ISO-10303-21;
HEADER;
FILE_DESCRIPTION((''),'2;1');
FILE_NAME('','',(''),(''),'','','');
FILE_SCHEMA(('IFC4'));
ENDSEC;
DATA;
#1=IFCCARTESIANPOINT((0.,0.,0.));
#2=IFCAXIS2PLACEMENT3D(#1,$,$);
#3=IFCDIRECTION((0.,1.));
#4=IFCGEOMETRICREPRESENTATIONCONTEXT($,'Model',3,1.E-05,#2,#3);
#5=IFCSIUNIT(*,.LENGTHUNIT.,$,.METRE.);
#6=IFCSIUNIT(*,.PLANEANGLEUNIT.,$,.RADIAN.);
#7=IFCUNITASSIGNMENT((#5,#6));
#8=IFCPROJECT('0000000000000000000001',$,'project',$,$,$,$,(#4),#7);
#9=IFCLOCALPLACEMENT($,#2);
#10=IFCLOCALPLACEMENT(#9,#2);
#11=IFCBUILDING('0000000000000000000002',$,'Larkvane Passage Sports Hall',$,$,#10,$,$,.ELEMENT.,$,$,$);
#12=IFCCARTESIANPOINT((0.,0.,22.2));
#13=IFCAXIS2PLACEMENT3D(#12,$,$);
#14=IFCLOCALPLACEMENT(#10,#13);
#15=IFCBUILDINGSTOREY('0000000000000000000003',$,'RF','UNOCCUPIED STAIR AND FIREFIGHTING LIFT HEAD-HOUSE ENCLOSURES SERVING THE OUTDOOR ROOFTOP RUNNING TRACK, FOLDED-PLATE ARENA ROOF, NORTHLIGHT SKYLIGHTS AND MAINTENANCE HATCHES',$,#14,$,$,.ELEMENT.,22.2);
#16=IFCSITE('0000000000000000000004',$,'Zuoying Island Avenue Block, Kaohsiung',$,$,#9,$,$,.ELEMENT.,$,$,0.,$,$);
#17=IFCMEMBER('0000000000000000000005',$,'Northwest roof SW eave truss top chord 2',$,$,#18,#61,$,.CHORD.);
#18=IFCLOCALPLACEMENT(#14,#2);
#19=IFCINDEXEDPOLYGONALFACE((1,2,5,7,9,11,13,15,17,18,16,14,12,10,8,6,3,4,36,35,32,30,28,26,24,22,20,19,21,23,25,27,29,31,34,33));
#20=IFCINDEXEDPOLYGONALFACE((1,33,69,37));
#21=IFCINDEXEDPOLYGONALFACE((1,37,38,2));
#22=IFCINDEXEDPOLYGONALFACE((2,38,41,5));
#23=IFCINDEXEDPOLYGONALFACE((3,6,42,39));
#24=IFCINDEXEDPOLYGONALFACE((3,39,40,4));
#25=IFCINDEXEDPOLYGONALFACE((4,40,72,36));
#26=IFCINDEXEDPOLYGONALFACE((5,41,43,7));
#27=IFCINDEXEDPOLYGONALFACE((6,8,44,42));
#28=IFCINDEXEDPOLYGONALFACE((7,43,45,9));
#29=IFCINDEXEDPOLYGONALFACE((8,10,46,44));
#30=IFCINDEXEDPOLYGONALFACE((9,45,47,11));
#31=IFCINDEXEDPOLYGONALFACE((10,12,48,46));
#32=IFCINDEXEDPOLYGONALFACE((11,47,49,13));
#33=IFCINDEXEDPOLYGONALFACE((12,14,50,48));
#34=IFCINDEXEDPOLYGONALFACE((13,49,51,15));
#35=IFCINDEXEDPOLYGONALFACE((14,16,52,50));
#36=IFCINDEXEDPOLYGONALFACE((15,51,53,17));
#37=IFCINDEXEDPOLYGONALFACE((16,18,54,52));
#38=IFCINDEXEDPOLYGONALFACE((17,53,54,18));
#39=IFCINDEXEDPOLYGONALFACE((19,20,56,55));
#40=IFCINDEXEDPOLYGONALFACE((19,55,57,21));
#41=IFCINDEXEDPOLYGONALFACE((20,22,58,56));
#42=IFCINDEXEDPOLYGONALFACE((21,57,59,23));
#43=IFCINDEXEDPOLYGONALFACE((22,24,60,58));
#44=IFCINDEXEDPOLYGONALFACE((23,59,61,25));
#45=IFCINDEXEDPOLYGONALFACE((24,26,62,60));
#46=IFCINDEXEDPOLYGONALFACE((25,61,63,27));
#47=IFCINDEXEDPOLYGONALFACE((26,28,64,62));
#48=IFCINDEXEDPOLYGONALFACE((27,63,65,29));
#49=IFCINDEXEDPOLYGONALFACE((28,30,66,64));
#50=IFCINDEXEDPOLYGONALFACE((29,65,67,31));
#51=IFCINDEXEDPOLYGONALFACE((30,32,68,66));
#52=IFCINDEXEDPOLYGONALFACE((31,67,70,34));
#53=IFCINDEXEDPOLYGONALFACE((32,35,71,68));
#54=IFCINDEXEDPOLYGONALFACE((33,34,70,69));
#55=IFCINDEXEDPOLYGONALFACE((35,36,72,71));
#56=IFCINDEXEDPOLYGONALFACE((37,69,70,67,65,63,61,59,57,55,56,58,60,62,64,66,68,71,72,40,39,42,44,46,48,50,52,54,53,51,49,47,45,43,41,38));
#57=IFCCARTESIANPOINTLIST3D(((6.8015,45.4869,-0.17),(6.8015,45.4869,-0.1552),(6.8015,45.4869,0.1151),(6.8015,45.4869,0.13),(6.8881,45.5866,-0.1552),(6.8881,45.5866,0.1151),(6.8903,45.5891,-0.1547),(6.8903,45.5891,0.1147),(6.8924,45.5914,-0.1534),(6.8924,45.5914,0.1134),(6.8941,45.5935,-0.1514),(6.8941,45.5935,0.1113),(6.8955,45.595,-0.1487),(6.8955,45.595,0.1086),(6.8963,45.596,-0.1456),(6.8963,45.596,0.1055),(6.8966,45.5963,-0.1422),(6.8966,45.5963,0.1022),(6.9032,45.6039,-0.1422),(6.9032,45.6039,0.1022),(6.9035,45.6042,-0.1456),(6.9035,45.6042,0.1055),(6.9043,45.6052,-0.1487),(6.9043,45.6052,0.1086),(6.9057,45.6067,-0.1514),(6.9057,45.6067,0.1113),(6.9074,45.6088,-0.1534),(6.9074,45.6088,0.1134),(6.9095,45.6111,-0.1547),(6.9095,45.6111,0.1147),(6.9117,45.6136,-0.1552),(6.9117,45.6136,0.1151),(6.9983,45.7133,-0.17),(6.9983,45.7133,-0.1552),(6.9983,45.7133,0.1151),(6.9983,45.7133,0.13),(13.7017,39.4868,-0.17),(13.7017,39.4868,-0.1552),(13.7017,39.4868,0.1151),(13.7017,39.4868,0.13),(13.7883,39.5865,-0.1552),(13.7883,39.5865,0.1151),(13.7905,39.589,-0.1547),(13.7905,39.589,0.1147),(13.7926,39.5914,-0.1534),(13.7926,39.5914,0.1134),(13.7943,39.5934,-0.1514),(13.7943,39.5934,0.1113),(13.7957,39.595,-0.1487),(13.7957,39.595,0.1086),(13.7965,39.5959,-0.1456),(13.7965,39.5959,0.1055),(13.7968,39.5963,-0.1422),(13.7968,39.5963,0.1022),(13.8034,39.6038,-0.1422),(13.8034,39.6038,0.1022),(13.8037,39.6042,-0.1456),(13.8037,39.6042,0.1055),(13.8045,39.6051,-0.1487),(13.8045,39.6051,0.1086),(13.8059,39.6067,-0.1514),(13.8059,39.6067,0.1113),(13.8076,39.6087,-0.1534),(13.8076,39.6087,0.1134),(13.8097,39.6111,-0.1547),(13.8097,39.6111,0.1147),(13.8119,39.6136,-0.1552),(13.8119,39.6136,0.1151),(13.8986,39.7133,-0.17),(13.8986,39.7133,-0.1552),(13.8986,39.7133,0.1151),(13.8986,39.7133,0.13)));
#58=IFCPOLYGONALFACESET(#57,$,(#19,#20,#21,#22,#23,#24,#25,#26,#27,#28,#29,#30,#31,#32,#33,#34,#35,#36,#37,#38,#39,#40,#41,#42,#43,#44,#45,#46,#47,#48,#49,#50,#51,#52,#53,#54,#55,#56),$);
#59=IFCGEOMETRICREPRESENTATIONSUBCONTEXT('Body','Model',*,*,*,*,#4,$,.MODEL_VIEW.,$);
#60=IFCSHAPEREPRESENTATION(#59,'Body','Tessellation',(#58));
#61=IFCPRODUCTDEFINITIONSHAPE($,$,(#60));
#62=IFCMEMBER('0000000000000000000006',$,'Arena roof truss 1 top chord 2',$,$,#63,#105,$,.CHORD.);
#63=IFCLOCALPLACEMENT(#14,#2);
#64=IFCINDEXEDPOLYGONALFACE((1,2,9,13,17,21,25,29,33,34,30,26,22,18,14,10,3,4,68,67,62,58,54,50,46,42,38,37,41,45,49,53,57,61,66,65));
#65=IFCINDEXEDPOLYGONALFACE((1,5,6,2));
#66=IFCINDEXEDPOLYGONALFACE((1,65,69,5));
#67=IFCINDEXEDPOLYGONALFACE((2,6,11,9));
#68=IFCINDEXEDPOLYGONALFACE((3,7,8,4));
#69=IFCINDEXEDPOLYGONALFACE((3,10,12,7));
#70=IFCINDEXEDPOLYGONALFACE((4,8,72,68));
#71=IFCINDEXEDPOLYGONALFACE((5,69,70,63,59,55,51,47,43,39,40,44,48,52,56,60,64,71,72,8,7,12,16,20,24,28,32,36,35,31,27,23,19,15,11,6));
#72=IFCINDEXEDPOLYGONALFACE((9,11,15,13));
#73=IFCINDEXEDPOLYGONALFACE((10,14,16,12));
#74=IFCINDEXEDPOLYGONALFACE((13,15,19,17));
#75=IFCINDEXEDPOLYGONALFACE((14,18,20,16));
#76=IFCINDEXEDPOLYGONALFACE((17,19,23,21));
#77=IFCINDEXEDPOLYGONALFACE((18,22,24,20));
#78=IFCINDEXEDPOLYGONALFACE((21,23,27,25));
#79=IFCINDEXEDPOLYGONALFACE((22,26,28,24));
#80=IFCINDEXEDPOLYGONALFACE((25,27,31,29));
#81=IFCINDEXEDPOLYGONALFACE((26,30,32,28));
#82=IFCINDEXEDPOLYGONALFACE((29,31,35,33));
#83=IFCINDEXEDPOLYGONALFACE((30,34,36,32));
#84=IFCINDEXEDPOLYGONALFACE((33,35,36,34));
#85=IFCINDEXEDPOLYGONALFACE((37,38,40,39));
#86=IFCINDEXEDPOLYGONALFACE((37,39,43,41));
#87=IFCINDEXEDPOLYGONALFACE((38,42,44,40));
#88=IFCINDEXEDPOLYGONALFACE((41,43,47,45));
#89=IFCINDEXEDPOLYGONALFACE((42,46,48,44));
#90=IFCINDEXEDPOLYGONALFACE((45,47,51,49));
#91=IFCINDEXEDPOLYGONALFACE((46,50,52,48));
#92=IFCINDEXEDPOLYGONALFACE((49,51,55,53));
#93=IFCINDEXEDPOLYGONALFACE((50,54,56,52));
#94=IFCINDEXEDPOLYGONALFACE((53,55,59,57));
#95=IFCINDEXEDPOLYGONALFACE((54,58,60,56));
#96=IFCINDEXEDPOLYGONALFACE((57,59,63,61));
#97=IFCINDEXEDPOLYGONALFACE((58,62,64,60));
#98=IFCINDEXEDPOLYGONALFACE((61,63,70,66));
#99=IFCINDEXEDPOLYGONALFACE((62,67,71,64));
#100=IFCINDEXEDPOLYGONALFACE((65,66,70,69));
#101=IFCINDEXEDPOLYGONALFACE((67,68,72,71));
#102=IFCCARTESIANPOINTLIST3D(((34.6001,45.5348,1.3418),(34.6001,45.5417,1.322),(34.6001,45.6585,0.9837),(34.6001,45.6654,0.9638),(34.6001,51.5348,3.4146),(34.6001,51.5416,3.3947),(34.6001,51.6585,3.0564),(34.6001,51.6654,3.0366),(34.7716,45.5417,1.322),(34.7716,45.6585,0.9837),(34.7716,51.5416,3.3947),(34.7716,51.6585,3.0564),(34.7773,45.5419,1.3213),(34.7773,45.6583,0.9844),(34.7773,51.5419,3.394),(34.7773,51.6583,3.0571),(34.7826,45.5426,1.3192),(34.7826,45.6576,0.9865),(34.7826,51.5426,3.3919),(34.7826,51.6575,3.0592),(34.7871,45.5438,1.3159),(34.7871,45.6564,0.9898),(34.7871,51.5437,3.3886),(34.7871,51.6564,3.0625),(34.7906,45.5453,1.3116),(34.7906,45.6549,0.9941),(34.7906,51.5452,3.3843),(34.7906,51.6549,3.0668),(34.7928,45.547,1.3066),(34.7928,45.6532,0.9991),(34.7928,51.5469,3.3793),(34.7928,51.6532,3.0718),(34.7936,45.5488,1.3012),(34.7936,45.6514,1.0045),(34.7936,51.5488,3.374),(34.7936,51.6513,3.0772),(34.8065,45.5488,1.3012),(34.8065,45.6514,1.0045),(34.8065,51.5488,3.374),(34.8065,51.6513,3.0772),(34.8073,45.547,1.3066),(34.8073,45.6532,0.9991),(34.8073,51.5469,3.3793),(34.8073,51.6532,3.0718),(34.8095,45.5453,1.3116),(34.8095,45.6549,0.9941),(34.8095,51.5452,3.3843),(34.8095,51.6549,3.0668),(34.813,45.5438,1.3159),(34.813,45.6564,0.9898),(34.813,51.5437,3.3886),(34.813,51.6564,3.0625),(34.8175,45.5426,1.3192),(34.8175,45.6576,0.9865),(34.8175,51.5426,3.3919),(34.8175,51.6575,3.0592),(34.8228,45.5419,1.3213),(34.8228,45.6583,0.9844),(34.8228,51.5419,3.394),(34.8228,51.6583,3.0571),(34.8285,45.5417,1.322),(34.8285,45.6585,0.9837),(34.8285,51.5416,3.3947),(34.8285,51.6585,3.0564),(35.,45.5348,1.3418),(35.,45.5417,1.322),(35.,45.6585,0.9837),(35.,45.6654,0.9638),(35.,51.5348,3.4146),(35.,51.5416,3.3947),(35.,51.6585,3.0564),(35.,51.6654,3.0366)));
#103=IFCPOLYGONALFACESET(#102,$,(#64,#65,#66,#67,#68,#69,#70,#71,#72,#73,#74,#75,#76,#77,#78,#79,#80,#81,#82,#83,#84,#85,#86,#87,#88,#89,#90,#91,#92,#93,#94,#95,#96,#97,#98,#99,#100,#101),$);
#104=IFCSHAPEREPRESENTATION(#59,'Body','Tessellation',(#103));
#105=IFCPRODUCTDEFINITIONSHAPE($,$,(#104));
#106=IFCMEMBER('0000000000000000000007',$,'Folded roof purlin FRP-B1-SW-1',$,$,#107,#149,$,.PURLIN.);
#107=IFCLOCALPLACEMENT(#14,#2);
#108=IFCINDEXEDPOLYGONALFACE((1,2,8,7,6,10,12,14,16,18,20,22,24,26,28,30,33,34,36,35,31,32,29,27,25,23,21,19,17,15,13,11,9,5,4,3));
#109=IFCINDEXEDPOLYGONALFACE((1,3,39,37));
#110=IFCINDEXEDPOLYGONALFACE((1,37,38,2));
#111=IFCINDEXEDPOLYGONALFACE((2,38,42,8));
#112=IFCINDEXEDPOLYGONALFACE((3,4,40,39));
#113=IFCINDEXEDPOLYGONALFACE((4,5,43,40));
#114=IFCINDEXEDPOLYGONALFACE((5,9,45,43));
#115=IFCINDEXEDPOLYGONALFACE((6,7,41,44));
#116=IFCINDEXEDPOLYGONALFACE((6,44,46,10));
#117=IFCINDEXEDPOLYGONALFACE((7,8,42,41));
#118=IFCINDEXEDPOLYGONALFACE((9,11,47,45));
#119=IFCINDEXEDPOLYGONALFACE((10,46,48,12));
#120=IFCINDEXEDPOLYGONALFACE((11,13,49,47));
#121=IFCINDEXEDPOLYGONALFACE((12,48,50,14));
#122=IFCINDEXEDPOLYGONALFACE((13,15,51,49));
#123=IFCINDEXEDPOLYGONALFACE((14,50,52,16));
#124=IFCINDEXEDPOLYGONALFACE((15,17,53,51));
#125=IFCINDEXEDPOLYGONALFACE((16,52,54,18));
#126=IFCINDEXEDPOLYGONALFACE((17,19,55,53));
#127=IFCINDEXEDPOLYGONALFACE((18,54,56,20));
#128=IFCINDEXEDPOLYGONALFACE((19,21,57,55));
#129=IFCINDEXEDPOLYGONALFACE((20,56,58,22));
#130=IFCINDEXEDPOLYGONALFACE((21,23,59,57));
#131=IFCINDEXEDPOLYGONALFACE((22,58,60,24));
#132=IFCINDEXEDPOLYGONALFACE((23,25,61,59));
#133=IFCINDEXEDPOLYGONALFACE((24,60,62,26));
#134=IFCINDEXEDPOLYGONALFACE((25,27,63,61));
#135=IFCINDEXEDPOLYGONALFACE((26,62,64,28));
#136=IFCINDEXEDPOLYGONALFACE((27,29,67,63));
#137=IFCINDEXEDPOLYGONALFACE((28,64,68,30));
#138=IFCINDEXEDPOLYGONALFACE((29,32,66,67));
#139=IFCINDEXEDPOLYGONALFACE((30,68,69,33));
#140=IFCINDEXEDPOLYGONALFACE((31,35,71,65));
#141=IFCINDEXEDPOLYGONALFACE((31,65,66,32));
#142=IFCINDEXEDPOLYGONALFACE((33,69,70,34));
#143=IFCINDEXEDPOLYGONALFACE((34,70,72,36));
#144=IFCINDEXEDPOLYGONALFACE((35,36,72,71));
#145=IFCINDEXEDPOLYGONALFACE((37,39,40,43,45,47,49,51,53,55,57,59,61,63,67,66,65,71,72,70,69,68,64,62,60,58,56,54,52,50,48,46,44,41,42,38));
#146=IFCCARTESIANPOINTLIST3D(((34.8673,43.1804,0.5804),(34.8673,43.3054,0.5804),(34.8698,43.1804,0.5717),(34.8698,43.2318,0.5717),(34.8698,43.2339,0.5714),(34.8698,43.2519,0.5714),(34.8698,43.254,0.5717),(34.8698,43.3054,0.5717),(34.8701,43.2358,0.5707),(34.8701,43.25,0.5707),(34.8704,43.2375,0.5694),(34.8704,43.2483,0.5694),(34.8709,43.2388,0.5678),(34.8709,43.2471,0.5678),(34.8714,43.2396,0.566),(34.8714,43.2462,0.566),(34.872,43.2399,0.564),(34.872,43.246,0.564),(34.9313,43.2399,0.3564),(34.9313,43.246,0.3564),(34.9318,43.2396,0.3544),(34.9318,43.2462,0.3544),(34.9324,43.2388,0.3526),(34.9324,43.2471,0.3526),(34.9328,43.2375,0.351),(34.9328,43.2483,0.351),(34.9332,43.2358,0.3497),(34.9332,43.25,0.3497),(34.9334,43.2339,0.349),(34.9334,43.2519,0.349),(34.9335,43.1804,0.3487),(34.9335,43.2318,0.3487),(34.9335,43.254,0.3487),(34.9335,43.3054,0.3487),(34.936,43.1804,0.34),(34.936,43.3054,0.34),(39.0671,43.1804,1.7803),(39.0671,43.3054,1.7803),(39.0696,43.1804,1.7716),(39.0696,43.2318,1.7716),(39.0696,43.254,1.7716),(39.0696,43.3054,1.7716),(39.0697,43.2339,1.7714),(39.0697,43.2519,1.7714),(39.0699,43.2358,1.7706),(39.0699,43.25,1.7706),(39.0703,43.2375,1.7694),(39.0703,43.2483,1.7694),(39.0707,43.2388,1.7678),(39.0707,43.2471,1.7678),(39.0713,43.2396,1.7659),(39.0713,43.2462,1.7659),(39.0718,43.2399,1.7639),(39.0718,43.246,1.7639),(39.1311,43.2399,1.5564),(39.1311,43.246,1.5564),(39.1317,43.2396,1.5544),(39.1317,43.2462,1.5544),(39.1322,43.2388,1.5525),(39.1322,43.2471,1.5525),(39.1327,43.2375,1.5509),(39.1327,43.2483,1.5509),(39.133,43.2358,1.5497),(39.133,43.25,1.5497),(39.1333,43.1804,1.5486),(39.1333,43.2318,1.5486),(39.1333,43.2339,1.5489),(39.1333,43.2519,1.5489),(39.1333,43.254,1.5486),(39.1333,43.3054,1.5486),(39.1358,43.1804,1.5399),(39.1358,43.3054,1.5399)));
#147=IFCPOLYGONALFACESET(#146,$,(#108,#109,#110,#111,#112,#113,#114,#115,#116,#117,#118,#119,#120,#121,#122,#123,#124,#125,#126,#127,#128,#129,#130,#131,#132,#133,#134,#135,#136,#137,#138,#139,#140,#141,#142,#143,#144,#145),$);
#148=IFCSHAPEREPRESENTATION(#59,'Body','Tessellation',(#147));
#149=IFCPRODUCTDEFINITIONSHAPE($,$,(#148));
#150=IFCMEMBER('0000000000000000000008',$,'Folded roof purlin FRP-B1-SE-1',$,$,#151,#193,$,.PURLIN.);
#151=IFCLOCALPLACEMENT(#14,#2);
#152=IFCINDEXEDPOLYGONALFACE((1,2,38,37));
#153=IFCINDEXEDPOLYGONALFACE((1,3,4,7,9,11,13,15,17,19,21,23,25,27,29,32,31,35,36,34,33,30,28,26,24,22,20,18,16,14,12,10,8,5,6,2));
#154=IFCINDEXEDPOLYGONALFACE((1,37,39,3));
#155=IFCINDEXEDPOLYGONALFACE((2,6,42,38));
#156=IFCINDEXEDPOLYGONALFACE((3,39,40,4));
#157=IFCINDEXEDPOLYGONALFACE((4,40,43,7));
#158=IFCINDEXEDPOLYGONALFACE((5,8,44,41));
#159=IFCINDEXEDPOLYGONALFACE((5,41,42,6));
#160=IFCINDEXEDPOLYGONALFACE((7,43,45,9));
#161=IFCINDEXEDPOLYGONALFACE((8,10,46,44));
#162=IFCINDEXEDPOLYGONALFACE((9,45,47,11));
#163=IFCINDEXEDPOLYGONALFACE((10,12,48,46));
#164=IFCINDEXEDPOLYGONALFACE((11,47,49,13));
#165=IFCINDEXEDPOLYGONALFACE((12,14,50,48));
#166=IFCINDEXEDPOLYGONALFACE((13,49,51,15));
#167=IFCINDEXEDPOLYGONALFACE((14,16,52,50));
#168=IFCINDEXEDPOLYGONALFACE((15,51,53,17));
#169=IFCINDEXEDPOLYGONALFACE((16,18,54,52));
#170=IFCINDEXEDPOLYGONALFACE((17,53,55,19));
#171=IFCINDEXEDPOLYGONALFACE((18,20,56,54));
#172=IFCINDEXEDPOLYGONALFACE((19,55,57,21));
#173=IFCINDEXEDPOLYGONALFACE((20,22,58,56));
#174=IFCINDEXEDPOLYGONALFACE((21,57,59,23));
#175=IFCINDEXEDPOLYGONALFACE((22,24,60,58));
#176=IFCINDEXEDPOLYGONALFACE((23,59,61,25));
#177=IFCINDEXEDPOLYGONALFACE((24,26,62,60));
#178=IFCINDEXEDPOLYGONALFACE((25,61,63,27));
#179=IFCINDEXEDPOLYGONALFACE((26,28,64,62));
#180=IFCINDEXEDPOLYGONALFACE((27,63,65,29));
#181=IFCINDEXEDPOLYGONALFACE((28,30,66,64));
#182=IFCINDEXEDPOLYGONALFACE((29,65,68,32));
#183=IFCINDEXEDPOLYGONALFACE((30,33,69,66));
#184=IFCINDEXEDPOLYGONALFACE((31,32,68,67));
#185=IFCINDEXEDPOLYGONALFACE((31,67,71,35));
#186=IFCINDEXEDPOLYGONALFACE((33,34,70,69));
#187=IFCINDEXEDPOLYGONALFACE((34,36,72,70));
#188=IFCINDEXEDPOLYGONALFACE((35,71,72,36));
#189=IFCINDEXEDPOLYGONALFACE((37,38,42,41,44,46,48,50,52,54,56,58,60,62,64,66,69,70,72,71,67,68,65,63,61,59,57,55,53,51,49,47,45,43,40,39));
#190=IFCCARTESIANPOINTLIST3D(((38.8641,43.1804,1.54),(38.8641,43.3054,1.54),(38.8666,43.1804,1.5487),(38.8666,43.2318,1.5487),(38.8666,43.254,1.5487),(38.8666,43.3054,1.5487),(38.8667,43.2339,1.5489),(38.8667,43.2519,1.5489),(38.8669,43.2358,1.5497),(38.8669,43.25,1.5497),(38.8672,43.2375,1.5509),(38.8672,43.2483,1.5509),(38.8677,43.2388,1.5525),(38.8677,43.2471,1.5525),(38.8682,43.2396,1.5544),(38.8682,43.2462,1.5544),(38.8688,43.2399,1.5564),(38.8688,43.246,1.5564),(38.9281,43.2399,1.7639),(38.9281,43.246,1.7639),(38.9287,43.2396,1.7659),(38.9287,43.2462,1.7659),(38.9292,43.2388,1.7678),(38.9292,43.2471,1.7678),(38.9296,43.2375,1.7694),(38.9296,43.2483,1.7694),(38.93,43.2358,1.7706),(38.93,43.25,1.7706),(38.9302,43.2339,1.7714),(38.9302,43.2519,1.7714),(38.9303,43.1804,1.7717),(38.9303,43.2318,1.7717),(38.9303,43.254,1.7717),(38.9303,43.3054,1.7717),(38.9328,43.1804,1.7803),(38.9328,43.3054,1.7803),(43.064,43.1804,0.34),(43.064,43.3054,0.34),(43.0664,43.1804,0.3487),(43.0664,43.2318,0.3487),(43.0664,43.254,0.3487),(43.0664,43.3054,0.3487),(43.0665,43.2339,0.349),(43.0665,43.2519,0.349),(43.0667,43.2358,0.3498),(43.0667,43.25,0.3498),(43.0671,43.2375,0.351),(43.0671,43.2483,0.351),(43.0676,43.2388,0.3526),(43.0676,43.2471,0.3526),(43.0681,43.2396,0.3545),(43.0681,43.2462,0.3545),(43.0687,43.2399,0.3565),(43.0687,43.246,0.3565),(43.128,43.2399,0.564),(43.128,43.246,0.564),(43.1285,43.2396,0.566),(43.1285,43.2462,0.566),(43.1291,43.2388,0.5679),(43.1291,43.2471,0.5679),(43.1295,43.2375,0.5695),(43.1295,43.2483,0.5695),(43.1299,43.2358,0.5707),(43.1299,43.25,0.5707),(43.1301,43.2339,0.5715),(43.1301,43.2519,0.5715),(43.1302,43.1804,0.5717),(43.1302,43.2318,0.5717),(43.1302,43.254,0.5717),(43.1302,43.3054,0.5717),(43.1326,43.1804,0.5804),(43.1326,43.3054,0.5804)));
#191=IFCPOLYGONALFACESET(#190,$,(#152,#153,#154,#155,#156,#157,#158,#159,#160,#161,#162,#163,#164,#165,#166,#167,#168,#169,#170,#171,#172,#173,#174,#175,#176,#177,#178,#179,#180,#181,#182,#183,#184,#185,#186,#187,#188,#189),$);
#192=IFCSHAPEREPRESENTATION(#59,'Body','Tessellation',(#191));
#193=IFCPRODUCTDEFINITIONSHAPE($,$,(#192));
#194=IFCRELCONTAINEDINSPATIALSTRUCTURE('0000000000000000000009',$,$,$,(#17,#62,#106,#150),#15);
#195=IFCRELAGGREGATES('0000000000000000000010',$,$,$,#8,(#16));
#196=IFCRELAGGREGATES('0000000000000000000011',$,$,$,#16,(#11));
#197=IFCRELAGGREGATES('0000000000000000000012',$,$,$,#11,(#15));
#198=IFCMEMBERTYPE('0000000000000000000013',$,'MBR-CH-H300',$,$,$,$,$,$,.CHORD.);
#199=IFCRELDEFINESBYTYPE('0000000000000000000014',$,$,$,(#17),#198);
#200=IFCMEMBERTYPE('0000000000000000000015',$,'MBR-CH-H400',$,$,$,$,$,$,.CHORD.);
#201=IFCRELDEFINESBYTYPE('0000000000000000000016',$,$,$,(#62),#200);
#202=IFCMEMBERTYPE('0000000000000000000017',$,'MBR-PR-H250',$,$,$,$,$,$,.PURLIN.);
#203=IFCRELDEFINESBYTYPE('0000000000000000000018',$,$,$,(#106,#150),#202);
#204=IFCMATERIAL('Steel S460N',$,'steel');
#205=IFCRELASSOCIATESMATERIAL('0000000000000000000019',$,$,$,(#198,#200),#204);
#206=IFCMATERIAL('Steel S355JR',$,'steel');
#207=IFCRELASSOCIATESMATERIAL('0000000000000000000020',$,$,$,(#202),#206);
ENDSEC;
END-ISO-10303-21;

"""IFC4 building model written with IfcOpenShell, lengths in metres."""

from ifc_helpers import new_model, si_unit, direction, frame, origin, origin_2d, place, context, subcontext, project, spatial, i_section, extrude, material, material_profile, profile_set, type_object, element, save


model = new_model("IFC4")

# Units and contexts
model_context = context("Model", 3, precision=1e-05, world=origin(), true_north=direction((0.0, 1.0)))
body_context = subcontext(model_context, "Body", "Model", "MODEL_VIEW")
ifc_project = project(units=[si_unit("LENGTHUNIT", "METRE"), si_unit("PLANEANGLEUNIT", "RADIAN")], contexts=[model_context])

# Site, building, storey
site_placement = place(None, origin())
site = spatial("IfcSite", under=ifc_project, at=site_placement, Name="Zuoying Island Avenue Block, Kaohsiung", CompositionType="ELEMENT", RefElevation=0.0)
building_placement = place(site_placement, origin())
building = spatial("IfcBuilding", under=site, at=building_placement, Name="Larkvane Passage Sports Hall", CompositionType="ELEMENT")
storey_placement = place(building_placement, frame((0.0, 0.0, 22.2)))
storey = spatial("IfcBuildingStorey", under=building, at=storey_placement, Name="RF", Description="UNOCCUPIED STAIR AND FIREFIGHTING LIFT HEAD-HOUSE ENCLOSURES SERVING THE OUTDOOR ROOFTOP RUNNING TRACK, FOLDED-PLATE ARENA ROOF, NORTHLIGHT SKYLIGHTS AND MAINTENANCE HATCHES", CompositionType="ELEMENT", Elevation=22.2)

# Members
ifc_material_1 = material(Name="Steel S355JR", Category="steel")
ifc_material_2 = material(Name="Steel S460N", Category="steel")
ifc_material_profile_1 = material_profile(ifc_material_2, i_section(OverallWidth=0.3, OverallDepth=0.3, WebThickness=0.01, FlangeThickness=0.0149, FilletRadius=0.0129, at=origin_2d()), Name="H-300x300x10x15")
ifc_profile_set_1 = profile_set([ifc_material_profile_1], Name="Steel S460N")
member_type_1 = type_object("IfcMemberType", Name="MBR-CH-H300", PredefinedType="CHORD", material=ifc_profile_set_1)
for number, where, z_axis, x_axis, name in (
    (1, (6.8999, 45.6001, -0.02), (0.754612, -0.656171, 0.0), (0.656171, 0.754612, 0.0), "Northwest roof SW eave truss top chord 2"),
):
    element("IfcMember", number, at=place(storey_placement, frame(where, z_axis=z_axis, x_axis=x_axis)), inside=storey, type_object=member_type_1, Name=name, PredefinedType="CHORD", context=body_context, shape_type="SweptSolid", body=[
        extrude(i_section(OverallWidth=0.3, OverallDepth=0.3, WebThickness=0.01, FlangeThickness=0.0149, FilletRadius=0.0129, at=origin_2d()), origin(), (0.0, 0.0, 1.0), 9.144),
    ])
ifc_material_profile_2 = material_profile(ifc_material_2, i_section(OverallWidth=0.3999, OverallDepth=0.3999, WebThickness=0.0129, FlangeThickness=0.021, FilletRadius=0.022, at=origin_2d()), Name="H-400x400x13x21")
ifc_profile_set_2 = profile_set([ifc_material_profile_2], Name="Steel S460N")
member_type_2 = type_object("IfcMemberType", Name="MBR-CH-H400", PredefinedType="CHORD", material=ifc_profile_set_2)
member_1_placement = place(storey_placement, frame((34.8, 45.6001, 1.1528), z_axis=(0.0, 0.945189, 0.326524), x_axis=(-1.0, 0.0, 0.0)))
element("IfcMember", 2, at=member_1_placement, inside=storey, type_object=member_type_2, Name="Arena roof truss 1 top chord 2", PredefinedType="CHORD", context=body_context, shape_type="SweptSolid", body=[
    extrude(i_section(OverallWidth=0.3999, OverallDepth=0.3999, WebThickness=0.0129, FlangeThickness=0.021, FilletRadius=0.022, at=origin_2d()), origin(), (0.0, 0.0, 1.0), 6.3479),
])
ifc_material_profile_3 = material_profile(ifc_material_1, i_section(OverallWidth=0.125, OverallDepth=0.25, WebThickness=0.0061, FlangeThickness=0.009, FilletRadius=0.0081, at=origin_2d()), Name="H-250x125x6x9")
ifc_profile_set_3 = profile_set([ifc_material_profile_3], Name="Steel S355JR")
member_type_3 = type_object("IfcMemberType", Name="MBR-PR-H250", PredefinedType="PURLIN", material=ifc_profile_set_3)
for number, where, z_axis, x_axis, name in (
    (3, (34.9016, 43.2429, 0.4602), (0.961526, 0.0, 0.274714), (0.0, 1.0, 0.0), "Folded roof purlin FRP-B1-SW-1"),
    (4, (38.8984, 43.2429, 1.6602), (0.961526, 0.0, -0.274714), (0.0, 1.0, 0.0), "Folded roof purlin FRP-B1-SE-1"),
):
    element("IfcMember", number, at=place(storey_placement, frame(where, z_axis=z_axis, x_axis=x_axis)), inside=storey, type_object=member_type_3, Name=name, PredefinedType="PURLIN", context=body_context, shape_type="SweptSolid", body=[
        extrude(i_section(OverallWidth=0.125, OverallDepth=0.25, WebThickness=0.0061, FlangeThickness=0.009, FilletRadius=0.0081, at=origin_2d()), origin(), (0.0, 0.0, 1.0), 4.3679),
    ])

save(model, "model.ifc")
